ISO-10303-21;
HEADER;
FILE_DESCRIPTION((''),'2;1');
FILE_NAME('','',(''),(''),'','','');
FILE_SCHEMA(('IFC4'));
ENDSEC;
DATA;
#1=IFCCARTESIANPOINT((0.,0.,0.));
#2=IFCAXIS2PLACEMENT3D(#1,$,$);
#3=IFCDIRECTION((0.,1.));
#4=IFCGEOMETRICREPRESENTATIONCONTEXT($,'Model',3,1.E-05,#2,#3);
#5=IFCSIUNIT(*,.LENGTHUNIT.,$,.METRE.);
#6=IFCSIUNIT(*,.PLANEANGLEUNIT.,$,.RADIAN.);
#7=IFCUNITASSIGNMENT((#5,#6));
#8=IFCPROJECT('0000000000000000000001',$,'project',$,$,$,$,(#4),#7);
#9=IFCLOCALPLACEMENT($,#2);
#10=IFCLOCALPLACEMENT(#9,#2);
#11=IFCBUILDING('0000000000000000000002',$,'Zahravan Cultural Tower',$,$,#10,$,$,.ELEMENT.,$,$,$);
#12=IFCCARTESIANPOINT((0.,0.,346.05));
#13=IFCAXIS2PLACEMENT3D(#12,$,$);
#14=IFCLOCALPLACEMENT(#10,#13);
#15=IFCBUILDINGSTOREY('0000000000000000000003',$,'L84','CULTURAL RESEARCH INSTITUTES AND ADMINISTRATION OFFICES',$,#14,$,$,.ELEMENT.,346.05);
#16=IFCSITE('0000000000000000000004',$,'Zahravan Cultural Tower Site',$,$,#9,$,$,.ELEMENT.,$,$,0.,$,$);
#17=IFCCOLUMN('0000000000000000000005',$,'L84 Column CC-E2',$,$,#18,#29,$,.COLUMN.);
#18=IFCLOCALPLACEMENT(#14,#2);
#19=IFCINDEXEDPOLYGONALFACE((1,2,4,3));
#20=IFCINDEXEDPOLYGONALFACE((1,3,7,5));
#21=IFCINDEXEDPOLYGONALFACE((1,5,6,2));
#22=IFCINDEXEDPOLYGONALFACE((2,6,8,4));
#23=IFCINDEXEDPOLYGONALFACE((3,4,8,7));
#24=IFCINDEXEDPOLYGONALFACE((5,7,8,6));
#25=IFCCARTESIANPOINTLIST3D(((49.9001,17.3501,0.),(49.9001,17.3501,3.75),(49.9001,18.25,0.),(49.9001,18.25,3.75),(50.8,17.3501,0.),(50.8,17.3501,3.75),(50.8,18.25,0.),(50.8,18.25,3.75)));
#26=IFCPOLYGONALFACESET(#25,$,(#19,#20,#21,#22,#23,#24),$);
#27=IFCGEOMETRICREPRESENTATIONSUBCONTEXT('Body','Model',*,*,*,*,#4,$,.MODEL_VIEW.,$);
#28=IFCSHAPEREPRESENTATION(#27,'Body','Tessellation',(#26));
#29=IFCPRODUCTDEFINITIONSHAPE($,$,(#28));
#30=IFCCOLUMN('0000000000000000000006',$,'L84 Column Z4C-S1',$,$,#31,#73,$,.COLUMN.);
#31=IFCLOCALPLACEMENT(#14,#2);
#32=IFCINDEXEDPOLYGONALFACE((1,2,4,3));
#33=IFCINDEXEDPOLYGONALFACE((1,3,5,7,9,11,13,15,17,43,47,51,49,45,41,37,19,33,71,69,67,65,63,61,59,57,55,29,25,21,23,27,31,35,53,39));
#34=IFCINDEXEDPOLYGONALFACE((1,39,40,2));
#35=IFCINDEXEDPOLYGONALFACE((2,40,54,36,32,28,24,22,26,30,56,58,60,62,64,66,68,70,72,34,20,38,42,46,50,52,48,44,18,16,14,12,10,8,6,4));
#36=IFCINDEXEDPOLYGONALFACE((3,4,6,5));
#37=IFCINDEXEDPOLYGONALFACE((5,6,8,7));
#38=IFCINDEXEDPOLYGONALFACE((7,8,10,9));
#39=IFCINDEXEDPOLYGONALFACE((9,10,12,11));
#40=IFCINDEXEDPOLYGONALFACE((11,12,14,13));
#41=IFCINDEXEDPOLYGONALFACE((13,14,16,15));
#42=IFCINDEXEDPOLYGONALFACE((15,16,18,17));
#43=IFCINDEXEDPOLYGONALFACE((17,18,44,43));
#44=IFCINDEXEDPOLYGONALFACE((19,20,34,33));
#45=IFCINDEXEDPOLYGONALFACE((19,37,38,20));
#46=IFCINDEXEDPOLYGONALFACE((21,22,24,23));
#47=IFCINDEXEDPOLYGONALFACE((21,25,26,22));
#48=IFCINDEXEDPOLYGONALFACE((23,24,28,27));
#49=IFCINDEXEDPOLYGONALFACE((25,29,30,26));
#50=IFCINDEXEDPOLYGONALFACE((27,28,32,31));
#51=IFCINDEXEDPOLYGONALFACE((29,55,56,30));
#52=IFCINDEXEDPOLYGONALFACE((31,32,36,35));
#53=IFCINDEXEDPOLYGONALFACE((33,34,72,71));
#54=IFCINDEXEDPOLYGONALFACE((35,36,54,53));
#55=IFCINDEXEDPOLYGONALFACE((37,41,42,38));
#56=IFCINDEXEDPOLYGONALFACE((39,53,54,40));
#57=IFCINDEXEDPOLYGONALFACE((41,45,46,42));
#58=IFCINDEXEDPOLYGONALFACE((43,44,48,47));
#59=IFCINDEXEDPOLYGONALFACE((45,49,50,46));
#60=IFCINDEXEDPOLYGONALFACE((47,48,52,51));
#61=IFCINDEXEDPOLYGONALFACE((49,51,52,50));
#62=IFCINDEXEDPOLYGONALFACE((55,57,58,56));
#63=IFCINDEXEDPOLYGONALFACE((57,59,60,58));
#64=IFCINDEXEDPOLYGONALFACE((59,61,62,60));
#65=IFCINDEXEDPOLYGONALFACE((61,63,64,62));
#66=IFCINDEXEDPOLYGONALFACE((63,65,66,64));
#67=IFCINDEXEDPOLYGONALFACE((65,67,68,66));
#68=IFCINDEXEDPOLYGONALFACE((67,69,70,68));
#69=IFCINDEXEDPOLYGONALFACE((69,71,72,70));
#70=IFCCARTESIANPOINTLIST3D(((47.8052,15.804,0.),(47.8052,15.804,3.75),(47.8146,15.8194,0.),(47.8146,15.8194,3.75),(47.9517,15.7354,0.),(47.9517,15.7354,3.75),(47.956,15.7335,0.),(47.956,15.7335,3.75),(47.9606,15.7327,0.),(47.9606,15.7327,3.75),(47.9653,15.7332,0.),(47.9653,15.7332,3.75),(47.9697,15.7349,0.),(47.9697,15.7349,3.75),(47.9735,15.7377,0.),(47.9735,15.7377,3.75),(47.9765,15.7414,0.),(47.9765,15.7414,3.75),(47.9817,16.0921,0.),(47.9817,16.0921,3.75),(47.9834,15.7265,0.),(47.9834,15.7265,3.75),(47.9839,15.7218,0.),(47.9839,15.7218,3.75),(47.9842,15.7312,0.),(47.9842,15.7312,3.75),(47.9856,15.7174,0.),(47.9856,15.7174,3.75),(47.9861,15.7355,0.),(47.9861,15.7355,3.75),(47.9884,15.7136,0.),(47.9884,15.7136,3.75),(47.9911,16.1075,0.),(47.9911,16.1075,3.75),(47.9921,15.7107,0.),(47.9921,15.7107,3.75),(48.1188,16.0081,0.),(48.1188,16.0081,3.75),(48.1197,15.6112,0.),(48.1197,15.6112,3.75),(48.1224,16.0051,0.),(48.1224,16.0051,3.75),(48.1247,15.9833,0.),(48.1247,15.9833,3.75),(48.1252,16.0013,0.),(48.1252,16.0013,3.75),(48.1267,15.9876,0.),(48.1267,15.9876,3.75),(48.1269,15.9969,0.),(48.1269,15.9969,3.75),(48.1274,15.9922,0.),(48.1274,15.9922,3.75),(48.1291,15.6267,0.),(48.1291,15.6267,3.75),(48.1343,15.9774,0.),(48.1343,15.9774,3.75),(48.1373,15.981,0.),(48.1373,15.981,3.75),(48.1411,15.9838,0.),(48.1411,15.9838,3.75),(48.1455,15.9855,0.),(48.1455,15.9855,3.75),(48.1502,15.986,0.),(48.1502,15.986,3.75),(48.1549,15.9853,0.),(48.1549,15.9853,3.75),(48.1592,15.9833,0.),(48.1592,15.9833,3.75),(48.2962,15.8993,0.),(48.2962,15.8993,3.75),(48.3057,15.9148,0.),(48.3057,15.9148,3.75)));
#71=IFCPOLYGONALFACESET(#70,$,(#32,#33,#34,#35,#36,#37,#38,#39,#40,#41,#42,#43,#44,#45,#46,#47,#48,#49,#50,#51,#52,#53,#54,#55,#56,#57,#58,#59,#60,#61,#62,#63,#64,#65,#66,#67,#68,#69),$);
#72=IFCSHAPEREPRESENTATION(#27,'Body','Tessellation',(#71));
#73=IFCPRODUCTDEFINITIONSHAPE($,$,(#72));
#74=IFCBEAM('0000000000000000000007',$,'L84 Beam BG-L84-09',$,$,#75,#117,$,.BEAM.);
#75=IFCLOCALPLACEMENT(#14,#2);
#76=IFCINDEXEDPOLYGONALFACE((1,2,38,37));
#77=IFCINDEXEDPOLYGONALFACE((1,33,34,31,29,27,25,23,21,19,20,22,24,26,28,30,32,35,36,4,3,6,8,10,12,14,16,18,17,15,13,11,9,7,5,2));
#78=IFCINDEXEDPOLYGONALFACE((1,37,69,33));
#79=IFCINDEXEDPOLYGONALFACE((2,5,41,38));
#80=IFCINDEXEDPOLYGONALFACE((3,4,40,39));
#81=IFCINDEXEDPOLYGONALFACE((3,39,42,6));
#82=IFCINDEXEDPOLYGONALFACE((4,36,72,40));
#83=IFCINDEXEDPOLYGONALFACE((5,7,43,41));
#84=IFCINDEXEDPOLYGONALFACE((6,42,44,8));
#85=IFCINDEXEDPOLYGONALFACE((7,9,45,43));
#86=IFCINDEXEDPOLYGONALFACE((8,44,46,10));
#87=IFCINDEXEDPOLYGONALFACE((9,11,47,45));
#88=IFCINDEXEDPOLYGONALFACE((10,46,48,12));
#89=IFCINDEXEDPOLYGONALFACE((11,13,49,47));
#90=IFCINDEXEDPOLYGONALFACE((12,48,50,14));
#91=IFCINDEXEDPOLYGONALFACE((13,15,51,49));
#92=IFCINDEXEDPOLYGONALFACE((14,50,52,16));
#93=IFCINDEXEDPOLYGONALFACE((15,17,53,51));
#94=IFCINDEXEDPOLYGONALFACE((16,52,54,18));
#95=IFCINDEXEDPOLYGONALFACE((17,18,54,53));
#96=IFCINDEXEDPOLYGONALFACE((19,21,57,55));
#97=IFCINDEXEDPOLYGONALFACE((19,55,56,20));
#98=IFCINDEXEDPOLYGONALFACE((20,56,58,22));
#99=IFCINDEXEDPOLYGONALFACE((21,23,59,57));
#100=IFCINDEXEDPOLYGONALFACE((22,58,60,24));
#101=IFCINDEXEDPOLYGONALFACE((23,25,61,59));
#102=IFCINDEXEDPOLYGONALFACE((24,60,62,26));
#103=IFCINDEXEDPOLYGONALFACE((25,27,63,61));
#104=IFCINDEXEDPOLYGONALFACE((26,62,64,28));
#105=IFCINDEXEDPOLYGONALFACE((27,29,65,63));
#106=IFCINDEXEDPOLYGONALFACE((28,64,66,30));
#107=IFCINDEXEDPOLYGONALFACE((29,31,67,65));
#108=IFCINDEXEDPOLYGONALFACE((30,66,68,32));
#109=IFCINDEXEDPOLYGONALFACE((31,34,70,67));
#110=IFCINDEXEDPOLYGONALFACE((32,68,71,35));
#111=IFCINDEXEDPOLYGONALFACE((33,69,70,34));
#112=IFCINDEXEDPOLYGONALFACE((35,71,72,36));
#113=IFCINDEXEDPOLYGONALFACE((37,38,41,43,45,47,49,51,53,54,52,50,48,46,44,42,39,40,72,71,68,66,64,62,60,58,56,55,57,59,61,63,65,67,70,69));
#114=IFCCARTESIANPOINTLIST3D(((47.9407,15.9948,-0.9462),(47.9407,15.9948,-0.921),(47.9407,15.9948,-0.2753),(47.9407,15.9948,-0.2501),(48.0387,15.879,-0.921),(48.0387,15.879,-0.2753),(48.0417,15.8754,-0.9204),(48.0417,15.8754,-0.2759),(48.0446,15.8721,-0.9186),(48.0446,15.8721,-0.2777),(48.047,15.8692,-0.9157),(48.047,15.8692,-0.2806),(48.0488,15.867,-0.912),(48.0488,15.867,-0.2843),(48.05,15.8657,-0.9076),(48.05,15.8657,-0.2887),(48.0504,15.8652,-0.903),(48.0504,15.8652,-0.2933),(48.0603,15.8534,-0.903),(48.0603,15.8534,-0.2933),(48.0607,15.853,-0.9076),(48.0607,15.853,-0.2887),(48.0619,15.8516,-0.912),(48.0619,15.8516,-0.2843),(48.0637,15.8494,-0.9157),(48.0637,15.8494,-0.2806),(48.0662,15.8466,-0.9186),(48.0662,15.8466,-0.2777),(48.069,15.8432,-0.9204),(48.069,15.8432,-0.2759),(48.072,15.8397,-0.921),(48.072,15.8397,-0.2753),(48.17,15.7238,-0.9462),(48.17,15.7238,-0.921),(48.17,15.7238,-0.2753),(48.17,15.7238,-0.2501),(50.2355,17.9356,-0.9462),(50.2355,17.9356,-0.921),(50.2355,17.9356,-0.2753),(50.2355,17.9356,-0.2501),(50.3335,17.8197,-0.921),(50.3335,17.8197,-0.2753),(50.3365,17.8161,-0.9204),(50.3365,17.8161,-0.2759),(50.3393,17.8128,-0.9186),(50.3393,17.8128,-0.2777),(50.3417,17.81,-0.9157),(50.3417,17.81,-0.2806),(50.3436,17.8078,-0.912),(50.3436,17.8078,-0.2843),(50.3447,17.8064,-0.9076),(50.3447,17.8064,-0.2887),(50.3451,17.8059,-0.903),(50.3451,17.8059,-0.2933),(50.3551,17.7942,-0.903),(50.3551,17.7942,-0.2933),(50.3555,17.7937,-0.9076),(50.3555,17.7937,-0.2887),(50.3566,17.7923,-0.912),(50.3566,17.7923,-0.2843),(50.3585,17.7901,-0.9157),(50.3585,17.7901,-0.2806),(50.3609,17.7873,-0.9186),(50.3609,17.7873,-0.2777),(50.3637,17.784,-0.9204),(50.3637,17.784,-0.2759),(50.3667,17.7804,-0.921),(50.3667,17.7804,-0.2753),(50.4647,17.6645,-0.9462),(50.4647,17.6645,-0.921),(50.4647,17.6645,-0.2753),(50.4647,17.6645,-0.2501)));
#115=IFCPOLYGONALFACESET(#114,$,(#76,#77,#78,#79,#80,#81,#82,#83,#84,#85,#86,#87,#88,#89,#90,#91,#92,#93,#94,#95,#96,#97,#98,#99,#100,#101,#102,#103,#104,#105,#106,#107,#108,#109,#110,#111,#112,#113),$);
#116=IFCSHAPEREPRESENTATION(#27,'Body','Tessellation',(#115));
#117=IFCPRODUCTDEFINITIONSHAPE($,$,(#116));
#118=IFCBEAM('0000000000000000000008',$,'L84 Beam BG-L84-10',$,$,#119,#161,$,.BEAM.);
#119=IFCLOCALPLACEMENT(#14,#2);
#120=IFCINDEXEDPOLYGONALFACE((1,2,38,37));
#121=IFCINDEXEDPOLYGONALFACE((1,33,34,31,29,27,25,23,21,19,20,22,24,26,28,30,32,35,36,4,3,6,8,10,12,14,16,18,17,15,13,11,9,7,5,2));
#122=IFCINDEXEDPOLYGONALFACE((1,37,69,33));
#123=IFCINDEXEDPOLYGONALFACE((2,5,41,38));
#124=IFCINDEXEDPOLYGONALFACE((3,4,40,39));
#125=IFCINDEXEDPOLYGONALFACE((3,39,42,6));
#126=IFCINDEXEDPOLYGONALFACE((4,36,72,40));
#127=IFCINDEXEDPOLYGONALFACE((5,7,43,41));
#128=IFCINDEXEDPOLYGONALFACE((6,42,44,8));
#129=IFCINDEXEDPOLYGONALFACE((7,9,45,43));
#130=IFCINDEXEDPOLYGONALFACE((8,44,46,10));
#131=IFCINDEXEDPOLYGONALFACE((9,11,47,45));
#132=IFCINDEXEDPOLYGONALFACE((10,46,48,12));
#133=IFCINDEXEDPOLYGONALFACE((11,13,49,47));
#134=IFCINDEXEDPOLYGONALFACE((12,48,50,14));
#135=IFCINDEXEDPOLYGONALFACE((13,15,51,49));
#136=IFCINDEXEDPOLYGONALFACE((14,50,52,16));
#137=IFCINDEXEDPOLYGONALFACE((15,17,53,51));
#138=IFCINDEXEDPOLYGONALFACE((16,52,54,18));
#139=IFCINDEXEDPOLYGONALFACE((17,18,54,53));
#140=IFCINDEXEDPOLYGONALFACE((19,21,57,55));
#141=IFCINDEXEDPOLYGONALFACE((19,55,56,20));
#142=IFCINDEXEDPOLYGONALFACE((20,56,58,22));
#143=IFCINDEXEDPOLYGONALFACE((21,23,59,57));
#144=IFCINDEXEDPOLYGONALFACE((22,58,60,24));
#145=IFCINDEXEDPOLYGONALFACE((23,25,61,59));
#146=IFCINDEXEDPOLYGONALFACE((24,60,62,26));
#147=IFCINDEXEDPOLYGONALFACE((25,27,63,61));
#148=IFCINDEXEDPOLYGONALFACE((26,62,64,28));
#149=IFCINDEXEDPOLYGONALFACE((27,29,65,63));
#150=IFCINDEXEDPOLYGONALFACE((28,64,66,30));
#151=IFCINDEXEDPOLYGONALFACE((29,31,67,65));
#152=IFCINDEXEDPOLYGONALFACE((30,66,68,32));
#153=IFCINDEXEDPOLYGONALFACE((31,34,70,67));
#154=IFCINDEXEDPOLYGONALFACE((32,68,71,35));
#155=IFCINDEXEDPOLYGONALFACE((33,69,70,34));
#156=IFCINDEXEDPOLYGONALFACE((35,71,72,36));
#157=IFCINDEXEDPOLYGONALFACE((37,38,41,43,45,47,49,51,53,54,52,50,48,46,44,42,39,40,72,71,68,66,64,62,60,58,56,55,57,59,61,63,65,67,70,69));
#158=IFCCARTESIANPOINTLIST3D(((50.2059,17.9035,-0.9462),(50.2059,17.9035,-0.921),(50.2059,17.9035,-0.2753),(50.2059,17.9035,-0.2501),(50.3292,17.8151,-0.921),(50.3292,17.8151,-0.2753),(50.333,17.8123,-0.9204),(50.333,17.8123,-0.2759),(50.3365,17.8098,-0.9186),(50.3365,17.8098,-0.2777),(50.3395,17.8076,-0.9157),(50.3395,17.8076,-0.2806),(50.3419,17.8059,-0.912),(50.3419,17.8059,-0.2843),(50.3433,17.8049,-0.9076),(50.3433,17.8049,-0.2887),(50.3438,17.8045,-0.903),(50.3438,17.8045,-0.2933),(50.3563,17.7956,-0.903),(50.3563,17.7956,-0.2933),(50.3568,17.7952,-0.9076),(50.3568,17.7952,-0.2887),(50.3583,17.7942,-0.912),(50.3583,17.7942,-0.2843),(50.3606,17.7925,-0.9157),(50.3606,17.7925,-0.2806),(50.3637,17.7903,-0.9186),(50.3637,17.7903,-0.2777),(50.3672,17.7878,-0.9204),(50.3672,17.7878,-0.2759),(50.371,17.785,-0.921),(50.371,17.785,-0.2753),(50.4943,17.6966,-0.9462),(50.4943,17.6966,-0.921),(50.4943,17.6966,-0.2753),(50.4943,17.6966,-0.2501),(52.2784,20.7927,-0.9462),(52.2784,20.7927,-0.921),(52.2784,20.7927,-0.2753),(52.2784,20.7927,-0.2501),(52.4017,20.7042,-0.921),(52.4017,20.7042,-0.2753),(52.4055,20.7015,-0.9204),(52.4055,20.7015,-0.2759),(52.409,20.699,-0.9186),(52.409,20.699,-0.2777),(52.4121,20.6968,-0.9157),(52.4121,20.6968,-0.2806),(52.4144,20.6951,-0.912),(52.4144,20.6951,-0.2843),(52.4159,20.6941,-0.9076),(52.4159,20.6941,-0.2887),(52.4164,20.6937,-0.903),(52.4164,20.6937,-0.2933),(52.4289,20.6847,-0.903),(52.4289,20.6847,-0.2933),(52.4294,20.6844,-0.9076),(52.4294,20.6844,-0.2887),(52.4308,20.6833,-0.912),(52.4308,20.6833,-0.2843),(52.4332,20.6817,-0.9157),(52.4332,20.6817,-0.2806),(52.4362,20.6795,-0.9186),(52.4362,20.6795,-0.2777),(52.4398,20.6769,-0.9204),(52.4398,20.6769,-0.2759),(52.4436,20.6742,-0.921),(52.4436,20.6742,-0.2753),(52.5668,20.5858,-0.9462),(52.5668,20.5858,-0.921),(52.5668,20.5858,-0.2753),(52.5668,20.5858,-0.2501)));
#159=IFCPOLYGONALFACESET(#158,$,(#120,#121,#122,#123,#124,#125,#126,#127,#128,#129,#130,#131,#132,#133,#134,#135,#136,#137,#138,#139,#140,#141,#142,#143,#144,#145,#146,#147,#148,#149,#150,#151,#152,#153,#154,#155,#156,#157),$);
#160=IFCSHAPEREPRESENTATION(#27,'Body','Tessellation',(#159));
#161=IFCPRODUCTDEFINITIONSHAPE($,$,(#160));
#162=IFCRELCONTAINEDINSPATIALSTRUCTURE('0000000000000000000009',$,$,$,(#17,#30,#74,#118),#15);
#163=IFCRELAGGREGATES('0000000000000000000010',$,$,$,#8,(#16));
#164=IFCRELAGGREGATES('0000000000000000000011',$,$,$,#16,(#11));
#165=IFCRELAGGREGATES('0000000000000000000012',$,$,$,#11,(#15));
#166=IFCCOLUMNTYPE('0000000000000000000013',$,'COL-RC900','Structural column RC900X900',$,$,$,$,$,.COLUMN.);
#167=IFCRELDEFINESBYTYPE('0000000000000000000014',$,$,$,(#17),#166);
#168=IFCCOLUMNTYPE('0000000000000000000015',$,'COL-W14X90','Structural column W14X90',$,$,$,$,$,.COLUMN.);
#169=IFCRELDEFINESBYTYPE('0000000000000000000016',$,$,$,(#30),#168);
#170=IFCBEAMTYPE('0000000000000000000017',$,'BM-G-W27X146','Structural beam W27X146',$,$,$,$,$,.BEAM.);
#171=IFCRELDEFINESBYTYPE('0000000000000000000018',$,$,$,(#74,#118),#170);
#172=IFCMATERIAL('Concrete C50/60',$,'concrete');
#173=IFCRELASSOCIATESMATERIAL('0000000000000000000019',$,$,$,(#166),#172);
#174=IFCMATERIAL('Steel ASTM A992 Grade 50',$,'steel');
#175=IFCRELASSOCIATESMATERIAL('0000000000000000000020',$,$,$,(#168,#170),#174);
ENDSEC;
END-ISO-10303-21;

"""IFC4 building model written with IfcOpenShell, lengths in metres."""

from ifc_helpers import new_model, si_unit, direction, frame, origin, origin_2d, place, context, subcontext, project, spatial, rectangle, i_section, extrude, source, transform, mapped, material, material_profile, profile_set, type_object, element, save


model = new_model("IFC4")

# Units and contexts
model_context = context("Model", 3, precision=1e-05, world=origin(), true_north=direction((0.0, 1.0)))
body_context = subcontext(model_context, "Body", "Model", "MODEL_VIEW")
ifc_project = project(units=[si_unit("LENGTHUNIT", "METRE"), si_unit("PLANEANGLEUNIT", "RADIAN")], contexts=[model_context])

# Site, building, storey
site_placement = place(None, origin())
site = spatial("IfcSite", under=ifc_project, at=site_placement, Name="Zahravan Cultural Tower Site", CompositionType="ELEMENT", RefElevation=0.0)
building_placement = place(site_placement, origin())
building = spatial("IfcBuilding", under=site, at=building_placement, Name="Zahravan Cultural Tower", CompositionType="ELEMENT")
storey_placement = place(building_placement, frame((0.0, 0.0, 346.05)))
storey = spatial("IfcBuildingStorey", under=building, at=storey_placement, Name="L84", Description="CULTURAL RESEARCH INSTITUTES AND ADMINISTRATION OFFICES", CompositionType="ELEMENT", Elevation=346.05)

# Columns
ifc_material_1 = material(Name="Concrete C50/60", Category="concrete")
ifc_material_profile_1 = material_profile(ifc_material_1, rectangle(XDim=0.8999, YDim=0.8999, at=origin_2d()), Name="RC900X900")
ifc_profile_set_1 = profile_set([ifc_material_profile_1], Name="Concrete C50/60")
column_type_1 = type_object("IfcColumnType", Name="COL-RC900", Description="Structural column RC900X900", PredefinedType="COLUMN", material=ifc_profile_set_1)
shared_shape_1 = source(origin(), body_context, "Body", "SweptSolid", [
    extrude(rectangle(XDim=0.8999, YDim=0.8999, at=origin_2d()), origin(), (0.0, 0.0, 1.0), 3.75),
])
column_1_placement = place(storey_placement, frame((50.3501, 17.8, 0.0), z_axis=(0.0, 0.0, 1.0), x_axis=(1.0, 0.0, 0.0)))
element("IfcColumn", 1, at=column_1_placement, inside=storey, type_object=column_type_1, Name="L84 Column CC-E2", PredefinedType="COLUMN", context=body_context, shape_type="MappedRepresentation", body=[
    mapped(shared_shape_1, transform((0.0, 0.0, 0.0), x_axis=(1.0, 0.0, 0.0), y_axis=(0.0, 1.0, 0.0), z_axis=(0.0, 0.0, 1.0), scale=1.0)),
])
ifc_material_2 = material(Name="Steel ASTM A992 Grade 50", Category="steel")
ifc_material_profile_2 = material_profile(ifc_material_2, i_section(OverallWidth=0.3689, OverallDepth=0.356, WebThickness=0.0112, FlangeThickness=0.0181, FilletRadius=0.0181, at=origin_2d()), Name="W14X90")
ifc_profile_set_2 = profile_set([ifc_material_profile_2], Name="Steel ASTM A992 Grade 50")
column_type_2 = type_object("IfcColumnType", Name="COL-W14X90", Description="Structural column W14X90", PredefinedType="COLUMN", material=ifc_profile_set_2)
shared_shape_2 = source(origin(), body_context, "Body", "SweptSolid", [
    extrude(i_section(OverallWidth=0.3689, OverallDepth=0.356, WebThickness=0.0112, FlangeThickness=0.0181, FilletRadius=0.0181, at=origin_2d()), origin(), (0.0, 0.0, 1.0), 3.75),
])
column_2_placement = place(storey_placement, frame((48.0554, 15.8594, 0.0), z_axis=(0.0, 0.0, 1.0), x_axis=(-0.85264, 0.522499, 0.0)))
element("IfcColumn", 2, at=column_2_placement, inside=storey, type_object=column_type_2, Name="L84 Column Z4C-S1", PredefinedType="COLUMN", context=body_context, shape_type="MappedRepresentation", body=[
    mapped(shared_shape_2, transform((0.0, 0.0, 0.0), x_axis=(1.0, 0.0, 0.0), y_axis=(0.0, 1.0, 0.0), z_axis=(0.0, 0.0, 1.0), scale=1.0)),
])

# Beams
ifc_material_profile_3 = material_profile(ifc_material_2, i_section(OverallWidth=0.355, OverallDepth=0.696, WebThickness=0.0154, FlangeThickness=0.0251, FilletRadius=0.0181, at=origin_2d()), Name="W27X146")
ifc_profile_set_3 = profile_set([ifc_material_profile_3], Name="Steel ASTM A992 Grade 50")
beam_type_1 = type_object("IfcBeamType", Name="BM-G-W27X146", Description="Structural beam W27X146", PredefinedType="BEAM", material=ifc_profile_set_3)
shared_shape_3 = source(origin(), body_context, "Body", "SweptSolid", [
    extrude(i_section(OverallWidth=0.355, OverallDepth=0.696, WebThickness=0.0154, FlangeThickness=0.0251, FilletRadius=0.0181, at=origin_2d()), origin(), (0.0, 0.0, 1.0), 3.0054),
])
beam_1_placement = place(storey_placement, frame((50.3501, 17.8, -0.5981), z_axis=(-0.763546, -0.645753, 0.0), x_axis=(0.645753, -0.763546, 0.0)))
element("IfcBeam", 3, at=beam_1_placement, inside=storey, type_object=beam_type_1, Name="L84 Beam BG-L84-09", PredefinedType="BEAM", context=body_context, shape_type="MappedRepresentation", body=[
    mapped(shared_shape_3, transform((0.0, 0.0, 0.0), x_axis=(1.0, 0.0, 0.0), y_axis=(0.0, 1.0, 0.0), z_axis=(0.0, 0.0, 1.0), scale=1.0)),
])
shared_shape_4 = source(origin(), body_context, "Body", "SweptSolid", [
    extrude(i_section(OverallWidth=0.355, OverallDepth=0.696, WebThickness=0.0154, FlangeThickness=0.0251, FilletRadius=0.0181, at=origin_2d()), origin(), (0.0, 0.0, 1.0), 3.5557),
])
beam_2_placement = place(storey_placement, frame((50.3501, 17.8, -0.5981), z_axis=(0.58288, 0.812558, 0.0), x_axis=(-0.812558, 0.58288, 0.0)))
element("IfcBeam", 4, at=beam_2_placement, inside=storey, type_object=beam_type_1, Name="L84 Beam BG-L84-10", PredefinedType="BEAM", context=body_context, shape_type="MappedRepresentation", body=[
    mapped(shared_shape_4, transform((0.0, 0.0, 0.0), x_axis=(1.0, 0.0, 0.0), y_axis=(0.0, 1.0, 0.0), z_axis=(0.0, 0.0, 1.0), scale=1.0)),
])

save(model, "model.ifc")
